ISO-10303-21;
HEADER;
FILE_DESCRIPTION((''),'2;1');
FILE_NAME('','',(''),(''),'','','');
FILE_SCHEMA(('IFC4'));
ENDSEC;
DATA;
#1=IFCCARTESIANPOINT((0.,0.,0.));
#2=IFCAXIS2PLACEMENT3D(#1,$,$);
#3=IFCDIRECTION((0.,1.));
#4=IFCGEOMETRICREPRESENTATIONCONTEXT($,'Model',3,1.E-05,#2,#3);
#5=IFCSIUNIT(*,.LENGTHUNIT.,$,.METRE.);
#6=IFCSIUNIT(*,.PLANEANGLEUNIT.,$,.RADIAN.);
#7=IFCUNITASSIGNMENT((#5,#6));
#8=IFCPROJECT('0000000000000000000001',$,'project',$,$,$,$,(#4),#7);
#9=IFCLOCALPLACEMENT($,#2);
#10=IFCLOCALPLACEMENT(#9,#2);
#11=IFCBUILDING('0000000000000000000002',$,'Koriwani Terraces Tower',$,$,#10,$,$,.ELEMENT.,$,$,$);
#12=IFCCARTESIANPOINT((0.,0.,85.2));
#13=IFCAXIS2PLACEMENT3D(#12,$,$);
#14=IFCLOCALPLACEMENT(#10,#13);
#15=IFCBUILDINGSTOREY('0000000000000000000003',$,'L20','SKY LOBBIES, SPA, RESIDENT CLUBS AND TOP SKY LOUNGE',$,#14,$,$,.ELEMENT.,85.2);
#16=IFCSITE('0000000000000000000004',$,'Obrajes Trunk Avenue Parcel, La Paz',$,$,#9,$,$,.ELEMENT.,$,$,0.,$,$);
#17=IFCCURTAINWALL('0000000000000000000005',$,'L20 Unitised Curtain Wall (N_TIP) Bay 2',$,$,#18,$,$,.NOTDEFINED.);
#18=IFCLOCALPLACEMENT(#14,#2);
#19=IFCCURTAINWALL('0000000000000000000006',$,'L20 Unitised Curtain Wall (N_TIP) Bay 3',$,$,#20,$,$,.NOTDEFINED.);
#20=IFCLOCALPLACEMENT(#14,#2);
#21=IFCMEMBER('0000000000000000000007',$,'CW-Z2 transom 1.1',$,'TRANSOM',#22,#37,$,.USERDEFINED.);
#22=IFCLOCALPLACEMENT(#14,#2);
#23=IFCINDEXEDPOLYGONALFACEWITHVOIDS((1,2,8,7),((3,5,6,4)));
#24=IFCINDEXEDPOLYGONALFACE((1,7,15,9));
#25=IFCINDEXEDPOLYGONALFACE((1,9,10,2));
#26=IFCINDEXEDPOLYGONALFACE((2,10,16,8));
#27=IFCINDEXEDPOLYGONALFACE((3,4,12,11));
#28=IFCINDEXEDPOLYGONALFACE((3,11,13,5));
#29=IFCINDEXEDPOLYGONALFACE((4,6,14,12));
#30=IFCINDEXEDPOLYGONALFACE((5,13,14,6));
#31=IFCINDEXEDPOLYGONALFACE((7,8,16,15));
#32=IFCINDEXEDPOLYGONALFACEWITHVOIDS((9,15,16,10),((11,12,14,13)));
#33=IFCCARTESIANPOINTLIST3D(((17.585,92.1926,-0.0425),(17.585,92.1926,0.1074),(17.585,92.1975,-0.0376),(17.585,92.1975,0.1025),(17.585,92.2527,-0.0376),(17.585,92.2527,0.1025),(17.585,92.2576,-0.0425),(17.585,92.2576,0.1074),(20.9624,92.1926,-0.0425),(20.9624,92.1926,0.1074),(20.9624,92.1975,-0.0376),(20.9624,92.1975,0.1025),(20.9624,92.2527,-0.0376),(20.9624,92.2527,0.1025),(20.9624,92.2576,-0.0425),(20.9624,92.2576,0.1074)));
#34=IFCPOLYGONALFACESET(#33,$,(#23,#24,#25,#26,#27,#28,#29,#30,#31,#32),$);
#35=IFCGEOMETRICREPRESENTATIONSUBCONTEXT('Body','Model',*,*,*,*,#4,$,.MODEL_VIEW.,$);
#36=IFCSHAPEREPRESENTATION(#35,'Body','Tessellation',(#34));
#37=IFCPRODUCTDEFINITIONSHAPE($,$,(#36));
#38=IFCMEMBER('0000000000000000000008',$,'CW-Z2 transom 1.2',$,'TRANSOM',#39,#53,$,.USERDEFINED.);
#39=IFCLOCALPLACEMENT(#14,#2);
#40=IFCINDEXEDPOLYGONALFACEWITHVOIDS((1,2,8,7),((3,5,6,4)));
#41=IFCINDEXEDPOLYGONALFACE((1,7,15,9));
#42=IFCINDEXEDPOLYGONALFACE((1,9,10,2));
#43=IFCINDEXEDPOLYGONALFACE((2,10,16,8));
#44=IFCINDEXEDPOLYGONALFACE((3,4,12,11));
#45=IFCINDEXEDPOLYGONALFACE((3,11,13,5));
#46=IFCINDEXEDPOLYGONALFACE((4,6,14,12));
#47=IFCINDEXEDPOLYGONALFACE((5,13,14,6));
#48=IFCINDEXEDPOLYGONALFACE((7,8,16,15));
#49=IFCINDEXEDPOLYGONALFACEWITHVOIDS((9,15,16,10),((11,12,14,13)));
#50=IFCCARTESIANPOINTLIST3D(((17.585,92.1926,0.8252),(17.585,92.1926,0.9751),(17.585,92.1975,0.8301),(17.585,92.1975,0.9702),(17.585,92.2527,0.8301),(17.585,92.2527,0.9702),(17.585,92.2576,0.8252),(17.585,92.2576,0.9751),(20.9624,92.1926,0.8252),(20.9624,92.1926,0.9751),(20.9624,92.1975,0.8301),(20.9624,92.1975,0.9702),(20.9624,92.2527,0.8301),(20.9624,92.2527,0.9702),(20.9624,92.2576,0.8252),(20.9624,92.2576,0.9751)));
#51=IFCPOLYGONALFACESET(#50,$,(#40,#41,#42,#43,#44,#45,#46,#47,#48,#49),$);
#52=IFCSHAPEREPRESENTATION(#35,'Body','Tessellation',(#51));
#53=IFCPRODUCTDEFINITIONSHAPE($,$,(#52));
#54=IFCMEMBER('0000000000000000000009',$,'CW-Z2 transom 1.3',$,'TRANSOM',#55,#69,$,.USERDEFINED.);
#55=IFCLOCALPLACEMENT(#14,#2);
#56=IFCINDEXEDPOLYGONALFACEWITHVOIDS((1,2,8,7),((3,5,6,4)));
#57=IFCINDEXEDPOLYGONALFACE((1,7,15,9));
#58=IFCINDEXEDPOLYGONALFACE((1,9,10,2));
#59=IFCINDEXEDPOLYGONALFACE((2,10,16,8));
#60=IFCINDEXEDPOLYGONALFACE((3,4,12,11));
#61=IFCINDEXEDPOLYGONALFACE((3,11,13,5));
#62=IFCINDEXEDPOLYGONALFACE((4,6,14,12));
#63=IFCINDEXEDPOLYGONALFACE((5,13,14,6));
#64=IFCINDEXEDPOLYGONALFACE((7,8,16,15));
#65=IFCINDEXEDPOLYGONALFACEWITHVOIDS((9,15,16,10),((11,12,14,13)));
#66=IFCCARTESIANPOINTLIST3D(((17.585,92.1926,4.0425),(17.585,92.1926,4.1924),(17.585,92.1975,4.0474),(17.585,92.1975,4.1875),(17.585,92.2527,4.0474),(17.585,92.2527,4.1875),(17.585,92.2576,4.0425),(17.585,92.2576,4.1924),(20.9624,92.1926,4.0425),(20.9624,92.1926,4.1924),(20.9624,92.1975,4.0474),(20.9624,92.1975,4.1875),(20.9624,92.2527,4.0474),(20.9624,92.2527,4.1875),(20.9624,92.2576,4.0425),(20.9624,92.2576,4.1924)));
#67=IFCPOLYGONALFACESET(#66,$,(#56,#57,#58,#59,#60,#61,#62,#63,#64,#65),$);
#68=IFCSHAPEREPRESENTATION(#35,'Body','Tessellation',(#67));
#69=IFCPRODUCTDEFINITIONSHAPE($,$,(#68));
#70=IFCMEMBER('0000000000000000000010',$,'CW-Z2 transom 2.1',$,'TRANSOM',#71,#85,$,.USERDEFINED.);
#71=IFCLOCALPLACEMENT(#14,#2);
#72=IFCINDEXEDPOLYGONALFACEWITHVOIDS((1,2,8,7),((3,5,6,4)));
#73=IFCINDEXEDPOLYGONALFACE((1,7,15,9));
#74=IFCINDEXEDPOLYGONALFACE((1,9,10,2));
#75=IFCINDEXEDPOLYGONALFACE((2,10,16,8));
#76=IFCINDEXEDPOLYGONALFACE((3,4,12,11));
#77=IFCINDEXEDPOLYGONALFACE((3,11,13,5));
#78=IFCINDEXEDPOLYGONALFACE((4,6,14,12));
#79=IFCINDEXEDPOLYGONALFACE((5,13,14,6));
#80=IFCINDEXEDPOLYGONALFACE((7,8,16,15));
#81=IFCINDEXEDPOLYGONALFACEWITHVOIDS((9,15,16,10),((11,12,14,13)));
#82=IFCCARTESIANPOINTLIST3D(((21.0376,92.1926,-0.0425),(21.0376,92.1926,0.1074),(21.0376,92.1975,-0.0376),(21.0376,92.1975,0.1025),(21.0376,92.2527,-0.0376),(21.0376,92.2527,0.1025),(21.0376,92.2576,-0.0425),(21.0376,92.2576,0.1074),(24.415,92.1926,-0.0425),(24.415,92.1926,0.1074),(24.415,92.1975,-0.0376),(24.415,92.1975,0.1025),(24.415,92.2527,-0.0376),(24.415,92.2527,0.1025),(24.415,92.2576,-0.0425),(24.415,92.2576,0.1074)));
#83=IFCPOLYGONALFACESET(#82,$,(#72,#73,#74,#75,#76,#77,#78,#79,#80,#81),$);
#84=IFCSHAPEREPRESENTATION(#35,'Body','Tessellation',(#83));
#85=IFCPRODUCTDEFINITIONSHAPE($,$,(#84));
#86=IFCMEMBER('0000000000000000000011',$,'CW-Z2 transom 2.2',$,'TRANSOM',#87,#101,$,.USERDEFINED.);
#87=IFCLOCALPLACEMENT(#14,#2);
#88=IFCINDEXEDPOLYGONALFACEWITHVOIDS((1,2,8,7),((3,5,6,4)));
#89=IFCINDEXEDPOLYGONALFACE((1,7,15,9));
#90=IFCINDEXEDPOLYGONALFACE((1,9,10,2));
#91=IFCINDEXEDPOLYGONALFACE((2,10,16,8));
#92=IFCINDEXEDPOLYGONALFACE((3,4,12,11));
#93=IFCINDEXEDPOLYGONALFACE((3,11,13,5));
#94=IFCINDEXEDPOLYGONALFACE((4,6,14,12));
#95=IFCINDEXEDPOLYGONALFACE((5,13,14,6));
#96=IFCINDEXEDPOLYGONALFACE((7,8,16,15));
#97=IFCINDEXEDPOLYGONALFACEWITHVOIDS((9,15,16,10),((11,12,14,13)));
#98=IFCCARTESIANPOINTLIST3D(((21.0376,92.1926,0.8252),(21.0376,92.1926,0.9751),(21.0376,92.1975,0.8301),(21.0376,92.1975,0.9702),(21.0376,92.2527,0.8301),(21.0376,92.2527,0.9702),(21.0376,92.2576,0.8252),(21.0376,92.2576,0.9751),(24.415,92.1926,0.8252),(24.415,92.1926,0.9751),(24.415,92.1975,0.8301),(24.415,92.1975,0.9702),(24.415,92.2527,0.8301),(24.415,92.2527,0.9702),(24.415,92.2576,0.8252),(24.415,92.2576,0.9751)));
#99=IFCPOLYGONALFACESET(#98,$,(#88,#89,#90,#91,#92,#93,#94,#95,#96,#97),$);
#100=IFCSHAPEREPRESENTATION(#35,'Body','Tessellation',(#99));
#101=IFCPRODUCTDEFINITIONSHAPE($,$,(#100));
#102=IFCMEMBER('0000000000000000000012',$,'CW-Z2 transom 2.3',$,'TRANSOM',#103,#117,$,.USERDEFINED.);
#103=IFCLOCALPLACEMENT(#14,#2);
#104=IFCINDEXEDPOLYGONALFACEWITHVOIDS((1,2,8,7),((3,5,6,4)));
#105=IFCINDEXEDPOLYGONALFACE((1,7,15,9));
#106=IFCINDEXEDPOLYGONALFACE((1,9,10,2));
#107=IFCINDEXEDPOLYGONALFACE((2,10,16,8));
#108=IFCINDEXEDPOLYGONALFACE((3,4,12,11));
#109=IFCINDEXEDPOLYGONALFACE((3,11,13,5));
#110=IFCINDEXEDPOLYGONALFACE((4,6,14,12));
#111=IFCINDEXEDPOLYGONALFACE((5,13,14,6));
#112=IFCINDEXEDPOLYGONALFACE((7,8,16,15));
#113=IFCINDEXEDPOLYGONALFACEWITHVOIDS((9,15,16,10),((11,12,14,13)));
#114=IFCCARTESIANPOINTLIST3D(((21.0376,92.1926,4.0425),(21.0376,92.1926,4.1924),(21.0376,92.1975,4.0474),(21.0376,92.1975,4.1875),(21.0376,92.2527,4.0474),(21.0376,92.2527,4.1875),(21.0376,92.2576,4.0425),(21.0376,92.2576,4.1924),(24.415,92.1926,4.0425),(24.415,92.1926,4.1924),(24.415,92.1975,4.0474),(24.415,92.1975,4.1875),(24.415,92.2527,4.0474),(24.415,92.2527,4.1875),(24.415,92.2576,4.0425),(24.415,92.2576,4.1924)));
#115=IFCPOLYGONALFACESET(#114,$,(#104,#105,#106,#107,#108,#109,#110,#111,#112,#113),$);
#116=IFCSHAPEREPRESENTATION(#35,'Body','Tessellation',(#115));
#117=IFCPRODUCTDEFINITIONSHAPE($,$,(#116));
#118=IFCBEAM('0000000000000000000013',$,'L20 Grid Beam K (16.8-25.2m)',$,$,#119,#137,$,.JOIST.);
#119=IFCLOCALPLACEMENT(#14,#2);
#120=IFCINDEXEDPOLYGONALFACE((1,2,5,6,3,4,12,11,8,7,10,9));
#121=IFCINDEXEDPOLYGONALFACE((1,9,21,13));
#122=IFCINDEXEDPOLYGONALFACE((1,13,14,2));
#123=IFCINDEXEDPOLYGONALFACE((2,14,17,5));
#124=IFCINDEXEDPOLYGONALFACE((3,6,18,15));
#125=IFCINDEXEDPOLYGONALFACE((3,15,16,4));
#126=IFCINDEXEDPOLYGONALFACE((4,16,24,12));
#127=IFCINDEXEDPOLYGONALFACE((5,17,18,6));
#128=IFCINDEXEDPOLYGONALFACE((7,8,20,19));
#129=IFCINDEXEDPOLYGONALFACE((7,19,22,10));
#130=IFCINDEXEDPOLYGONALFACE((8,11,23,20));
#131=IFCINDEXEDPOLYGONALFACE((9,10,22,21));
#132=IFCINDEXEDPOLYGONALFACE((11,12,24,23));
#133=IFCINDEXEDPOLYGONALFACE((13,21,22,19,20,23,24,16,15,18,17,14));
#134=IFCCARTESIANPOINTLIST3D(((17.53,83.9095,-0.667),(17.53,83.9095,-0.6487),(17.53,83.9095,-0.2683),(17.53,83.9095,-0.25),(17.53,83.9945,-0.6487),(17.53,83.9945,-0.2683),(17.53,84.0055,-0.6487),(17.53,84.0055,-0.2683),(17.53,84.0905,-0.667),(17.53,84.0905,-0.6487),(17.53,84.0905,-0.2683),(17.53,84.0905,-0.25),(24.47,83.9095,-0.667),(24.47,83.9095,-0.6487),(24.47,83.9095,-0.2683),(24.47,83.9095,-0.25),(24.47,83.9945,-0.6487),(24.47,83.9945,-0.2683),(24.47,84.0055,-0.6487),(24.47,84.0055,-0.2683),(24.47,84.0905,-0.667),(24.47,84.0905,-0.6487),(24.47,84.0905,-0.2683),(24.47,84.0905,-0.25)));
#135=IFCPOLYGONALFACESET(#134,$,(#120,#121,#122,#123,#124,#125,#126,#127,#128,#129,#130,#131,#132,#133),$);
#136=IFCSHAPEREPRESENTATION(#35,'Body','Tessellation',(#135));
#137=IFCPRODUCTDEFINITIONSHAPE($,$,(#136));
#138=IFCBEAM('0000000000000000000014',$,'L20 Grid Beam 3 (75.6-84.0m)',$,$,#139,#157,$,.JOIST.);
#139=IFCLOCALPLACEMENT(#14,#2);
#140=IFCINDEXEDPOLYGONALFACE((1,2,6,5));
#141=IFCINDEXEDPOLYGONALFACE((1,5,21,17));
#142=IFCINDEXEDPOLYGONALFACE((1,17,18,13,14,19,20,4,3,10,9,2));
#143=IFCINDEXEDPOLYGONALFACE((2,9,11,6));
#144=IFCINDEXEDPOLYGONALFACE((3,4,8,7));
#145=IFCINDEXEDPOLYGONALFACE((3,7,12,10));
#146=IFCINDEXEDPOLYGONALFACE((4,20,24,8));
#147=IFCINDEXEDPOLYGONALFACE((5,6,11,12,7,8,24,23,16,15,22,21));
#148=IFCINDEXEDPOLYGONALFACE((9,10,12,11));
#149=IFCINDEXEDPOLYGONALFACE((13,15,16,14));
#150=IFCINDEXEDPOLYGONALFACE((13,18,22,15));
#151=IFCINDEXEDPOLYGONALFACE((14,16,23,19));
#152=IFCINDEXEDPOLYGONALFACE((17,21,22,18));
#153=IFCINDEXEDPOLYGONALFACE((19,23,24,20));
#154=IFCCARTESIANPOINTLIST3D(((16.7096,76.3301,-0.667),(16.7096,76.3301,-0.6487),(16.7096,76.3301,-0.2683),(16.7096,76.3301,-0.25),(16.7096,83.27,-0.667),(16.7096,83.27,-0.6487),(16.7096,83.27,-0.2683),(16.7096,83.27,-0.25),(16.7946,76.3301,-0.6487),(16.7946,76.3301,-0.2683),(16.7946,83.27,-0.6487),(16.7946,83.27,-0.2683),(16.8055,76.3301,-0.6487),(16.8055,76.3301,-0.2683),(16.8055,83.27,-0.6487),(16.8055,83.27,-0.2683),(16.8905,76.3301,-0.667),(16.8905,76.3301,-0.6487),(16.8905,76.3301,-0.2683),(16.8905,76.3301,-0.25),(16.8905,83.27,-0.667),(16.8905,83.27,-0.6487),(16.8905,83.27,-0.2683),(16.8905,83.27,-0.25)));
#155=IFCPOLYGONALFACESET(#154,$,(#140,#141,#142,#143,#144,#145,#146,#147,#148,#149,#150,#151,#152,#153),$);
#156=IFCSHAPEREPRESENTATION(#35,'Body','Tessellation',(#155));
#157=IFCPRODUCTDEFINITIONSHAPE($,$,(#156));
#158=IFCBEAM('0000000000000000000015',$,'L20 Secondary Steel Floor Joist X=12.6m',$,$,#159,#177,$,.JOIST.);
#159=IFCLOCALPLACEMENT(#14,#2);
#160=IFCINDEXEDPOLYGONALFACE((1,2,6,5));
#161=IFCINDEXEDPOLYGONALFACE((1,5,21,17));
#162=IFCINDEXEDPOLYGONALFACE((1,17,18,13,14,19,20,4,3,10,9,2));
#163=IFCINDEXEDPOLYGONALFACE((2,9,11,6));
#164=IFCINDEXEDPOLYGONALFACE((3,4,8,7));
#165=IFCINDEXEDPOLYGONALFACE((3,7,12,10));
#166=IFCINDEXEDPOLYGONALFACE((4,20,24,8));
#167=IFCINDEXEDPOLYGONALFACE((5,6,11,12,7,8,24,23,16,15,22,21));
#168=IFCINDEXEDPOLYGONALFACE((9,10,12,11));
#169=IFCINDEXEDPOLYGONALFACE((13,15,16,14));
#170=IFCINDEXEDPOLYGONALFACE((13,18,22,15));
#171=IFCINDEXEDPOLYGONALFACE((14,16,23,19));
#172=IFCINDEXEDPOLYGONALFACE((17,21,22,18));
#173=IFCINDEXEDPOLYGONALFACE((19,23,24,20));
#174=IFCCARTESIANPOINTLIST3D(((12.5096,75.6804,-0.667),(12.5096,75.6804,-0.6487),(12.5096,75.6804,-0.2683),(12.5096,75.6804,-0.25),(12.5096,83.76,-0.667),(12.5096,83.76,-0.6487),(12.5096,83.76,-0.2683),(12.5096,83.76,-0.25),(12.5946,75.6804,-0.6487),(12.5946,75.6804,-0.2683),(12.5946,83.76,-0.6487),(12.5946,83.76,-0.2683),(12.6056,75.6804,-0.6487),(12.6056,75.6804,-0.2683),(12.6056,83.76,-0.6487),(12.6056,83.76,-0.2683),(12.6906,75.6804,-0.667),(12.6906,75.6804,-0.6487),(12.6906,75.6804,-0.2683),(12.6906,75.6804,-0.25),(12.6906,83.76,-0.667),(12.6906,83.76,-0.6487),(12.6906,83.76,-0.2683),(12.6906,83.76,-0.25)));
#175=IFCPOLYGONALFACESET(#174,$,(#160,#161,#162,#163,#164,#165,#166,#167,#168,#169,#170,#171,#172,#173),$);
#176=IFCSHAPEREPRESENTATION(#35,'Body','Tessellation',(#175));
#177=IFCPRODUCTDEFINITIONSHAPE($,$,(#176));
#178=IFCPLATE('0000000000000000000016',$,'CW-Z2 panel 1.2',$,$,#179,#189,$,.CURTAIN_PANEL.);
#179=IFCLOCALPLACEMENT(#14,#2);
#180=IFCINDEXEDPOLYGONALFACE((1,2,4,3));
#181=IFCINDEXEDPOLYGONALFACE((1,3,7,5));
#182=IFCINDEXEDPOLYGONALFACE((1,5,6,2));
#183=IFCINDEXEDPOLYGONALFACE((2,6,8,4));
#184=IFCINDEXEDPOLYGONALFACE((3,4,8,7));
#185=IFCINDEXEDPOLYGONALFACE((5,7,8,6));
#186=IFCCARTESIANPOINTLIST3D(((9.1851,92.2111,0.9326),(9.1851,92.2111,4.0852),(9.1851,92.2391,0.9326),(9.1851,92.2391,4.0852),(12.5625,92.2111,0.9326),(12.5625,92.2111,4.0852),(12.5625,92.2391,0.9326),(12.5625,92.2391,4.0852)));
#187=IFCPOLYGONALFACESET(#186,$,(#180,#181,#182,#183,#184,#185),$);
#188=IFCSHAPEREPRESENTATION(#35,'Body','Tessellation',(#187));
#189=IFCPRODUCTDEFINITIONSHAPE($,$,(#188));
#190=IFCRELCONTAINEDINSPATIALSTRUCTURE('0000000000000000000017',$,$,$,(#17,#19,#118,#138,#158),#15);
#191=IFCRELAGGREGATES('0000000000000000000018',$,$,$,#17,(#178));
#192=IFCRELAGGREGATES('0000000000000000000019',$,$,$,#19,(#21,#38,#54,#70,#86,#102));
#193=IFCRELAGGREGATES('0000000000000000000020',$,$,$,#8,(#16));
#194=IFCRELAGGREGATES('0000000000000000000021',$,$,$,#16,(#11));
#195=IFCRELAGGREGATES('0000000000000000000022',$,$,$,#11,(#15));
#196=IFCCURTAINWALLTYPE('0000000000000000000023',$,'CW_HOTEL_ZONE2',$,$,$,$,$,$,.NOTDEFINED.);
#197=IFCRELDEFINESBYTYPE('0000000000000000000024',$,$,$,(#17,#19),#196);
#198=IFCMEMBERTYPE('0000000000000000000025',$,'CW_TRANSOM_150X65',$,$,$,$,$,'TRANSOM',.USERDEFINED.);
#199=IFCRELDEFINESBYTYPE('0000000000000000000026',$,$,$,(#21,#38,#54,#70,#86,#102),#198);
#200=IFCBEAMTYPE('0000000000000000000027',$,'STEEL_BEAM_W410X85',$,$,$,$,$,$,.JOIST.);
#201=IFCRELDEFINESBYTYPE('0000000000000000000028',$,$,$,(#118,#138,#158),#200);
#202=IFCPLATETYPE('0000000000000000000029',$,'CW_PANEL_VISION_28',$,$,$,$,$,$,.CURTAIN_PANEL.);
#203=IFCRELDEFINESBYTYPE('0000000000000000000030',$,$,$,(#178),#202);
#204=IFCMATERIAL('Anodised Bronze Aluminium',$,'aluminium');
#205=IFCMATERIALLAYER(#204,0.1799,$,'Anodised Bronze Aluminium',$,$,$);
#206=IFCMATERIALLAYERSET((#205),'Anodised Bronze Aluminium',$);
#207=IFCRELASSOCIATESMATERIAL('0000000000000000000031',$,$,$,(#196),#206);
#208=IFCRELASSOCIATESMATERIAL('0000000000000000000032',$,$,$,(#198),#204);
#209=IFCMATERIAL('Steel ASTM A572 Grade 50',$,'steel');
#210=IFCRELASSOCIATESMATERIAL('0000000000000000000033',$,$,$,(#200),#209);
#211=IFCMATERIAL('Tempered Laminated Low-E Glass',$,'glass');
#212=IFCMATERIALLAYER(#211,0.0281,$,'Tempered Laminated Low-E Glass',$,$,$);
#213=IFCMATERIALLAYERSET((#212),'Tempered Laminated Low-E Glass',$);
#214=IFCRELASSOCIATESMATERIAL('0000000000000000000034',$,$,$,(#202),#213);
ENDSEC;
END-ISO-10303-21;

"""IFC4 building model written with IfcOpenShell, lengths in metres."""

from ifc_helpers import new_model, si_unit, direction, frame, origin, origin_2d, place, context, subcontext, project, spatial, rectangle, hollow_rectangle, i_section, extrude, material, layer, layer_set, material_profile, profile_set, type_object, element, aggregate, save


model = new_model("IFC4")

# Units and contexts
model_context = context("Model", 3, precision=1e-05, world=origin(), true_north=direction((0.0, 1.0)))
body_context = subcontext(model_context, "Body", "Model", "MODEL_VIEW")
ifc_project = project(units=[si_unit("LENGTHUNIT", "METRE"), si_unit("PLANEANGLEUNIT", "RADIAN")], contexts=[model_context])

# Site, building, storey
site_placement = place(None, origin())
site = spatial("IfcSite", under=ifc_project, at=site_placement, Name="Obrajes Trunk Avenue Parcel, La Paz", CompositionType="ELEMENT", RefElevation=0.0)
building_placement = place(site_placement, origin())
building = spatial("IfcBuilding", under=site, at=building_placement, Name="Koriwani Terraces Tower", CompositionType="ELEMENT")
storey_placement = place(building_placement, frame((0.0, 0.0, 85.2)))
storey = spatial("IfcBuildingStorey", under=building, at=storey_placement, Name="L20", Description="SKY LOBBIES, SPA, RESIDENT CLUBS AND TOP SKY LOUNGE", CompositionType="ELEMENT", Elevation=85.2)

# Curtain walls
ifc_material_1 = material(Name="Anodised Bronze Aluminium", Category="aluminium")
ifc_layer_1 = layer(ifc_material_1, 0.1799, Name="Anodised Bronze Aluminium")
ifc_layer_set_1 = layer_set([ifc_layer_1], Name="Anodised Bronze Aluminium")
curtain_wall_type = type_object("IfcCurtainWallType", Name="CW_HOTEL_ZONE2", PredefinedType="NOTDEFINED", material=ifc_layer_set_1)
curtain_wall_1_placement = place(storey_placement, origin())
curtain_wall_1 = element("IfcCurtainWall", 1, at=curtain_wall_1_placement, inside=storey, type_object=curtain_wall_type, Name="L20 Unitised Curtain Wall (N_TIP) Bay 2", PredefinedType="NOTDEFINED")
curtain_wall_2_placement = place(storey_placement, origin())
curtain_wall_2 = element("IfcCurtainWall", 2, at=curtain_wall_2_placement, inside=storey, type_object=curtain_wall_type, Name="L20 Unitised Curtain Wall (N_TIP) Bay 3", PredefinedType="NOTDEFINED")

# Members
ifc_material_profile_1 = material_profile(ifc_material_1, hollow_rectangle(XDim=0.0649, YDim=0.1499, WallThickness=0.0049, at=origin_2d()), Name="Anodised Bronze Aluminium", Category="LoadBearing")
ifc_profile_set_1 = profile_set([ifc_material_profile_1], Name="Anodised Bronze Aluminium")
member_type_1 = type_object("IfcMemberType", Name="CW_TRANSOM_150X65", ElementType="TRANSOM", PredefinedType="USERDEFINED", material=ifc_profile_set_1)
member_1_placement = place(storey_placement, frame((17.585, 92.2251, 0.0325), z_axis=(1.0, 0.0, 0.0), x_axis=(0.0, 1.0, 0.0)))
member_1 = element("IfcMember", 3, at=member_1_placement, type_object=member_type_1, Name="CW-Z2 transom 1.1", ObjectType="TRANSOM", PredefinedType="USERDEFINED", context=body_context, shape_type="SweptSolid", body=[
    extrude(hollow_rectangle(XDim=0.0649, YDim=0.1499, WallThickness=0.0049, at=origin_2d()), origin(), (0.0, 0.0, 1.0), 3.3774),
])
member_2_placement = place(storey_placement, frame((17.585, 92.2251, 0.9001), z_axis=(1.0, 0.0, 0.0), x_axis=(0.0, 1.0, 0.0)))
member_2 = element("IfcMember", 4, at=member_2_placement, type_object=member_type_1, Name="CW-Z2 transom 1.2", ObjectType="TRANSOM", PredefinedType="USERDEFINED", context=body_context, shape_type="SweptSolid", body=[
    extrude(hollow_rectangle(XDim=0.0649, YDim=0.1499, WallThickness=0.0049, at=origin_2d()), origin(), (0.0, 0.0, 1.0), 3.3774),
])
member_3_placement = place(storey_placement, frame((17.585, 92.2251, 4.1174), z_axis=(1.0, 0.0, 0.0), x_axis=(0.0, 1.0, 0.0)))
member_3 = element("IfcMember", 5, at=member_3_placement, type_object=member_type_1, Name="CW-Z2 transom 1.3", ObjectType="TRANSOM", PredefinedType="USERDEFINED", context=body_context, shape_type="SweptSolid", body=[
    extrude(hollow_rectangle(XDim=0.0649, YDim=0.1499, WallThickness=0.0049, at=origin_2d()), origin(), (0.0, 0.0, 1.0), 3.3774),
])
member_4_placement = place(storey_placement, frame((21.0376, 92.2251, 0.0325), z_axis=(1.0, 0.0, 0.0), x_axis=(0.0, 1.0, 0.0)))
member_4 = element("IfcMember", 6, at=member_4_placement, type_object=member_type_1, Name="CW-Z2 transom 2.1", ObjectType="TRANSOM", PredefinedType="USERDEFINED", context=body_context, shape_type="SweptSolid", body=[
    extrude(hollow_rectangle(XDim=0.0649, YDim=0.1499, WallThickness=0.0049, at=origin_2d()), origin(), (0.0, 0.0, 1.0), 3.3774),
])
member_5_placement = place(storey_placement, frame((21.0376, 92.2251, 0.9001), z_axis=(1.0, 0.0, 0.0), x_axis=(0.0, 1.0, 0.0)))
member_5 = element("IfcMember", 7, at=member_5_placement, type_object=member_type_1, Name="CW-Z2 transom 2.2", ObjectType="TRANSOM", PredefinedType="USERDEFINED", context=body_context, shape_type="SweptSolid", body=[
    extrude(hollow_rectangle(XDim=0.0649, YDim=0.1499, WallThickness=0.0049, at=origin_2d()), origin(), (0.0, 0.0, 1.0), 3.3774),
])
member_6_placement = place(storey_placement, frame((21.0376, 92.2251, 4.1174), z_axis=(1.0, 0.0, 0.0), x_axis=(0.0, 1.0, 0.0)))
member_6 = element("IfcMember", 8, at=member_6_placement, type_object=member_type_1, Name="CW-Z2 transom 2.3", ObjectType="TRANSOM", PredefinedType="USERDEFINED", context=body_context, shape_type="SweptSolid", body=[
    extrude(hollow_rectangle(XDim=0.0649, YDim=0.1499, WallThickness=0.0049, at=origin_2d()), origin(), (0.0, 0.0, 1.0), 3.3774),
])

# Beams
ifc_material_2 = material(Name="Steel ASTM A572 Grade 50", Category="steel")
ifc_material_profile_2 = material_profile(ifc_material_2, i_section(OverallWidth=0.1809, OverallDepth=0.417, WebThickness=0.011, FlangeThickness=0.0183, at=origin_2d()), Name="Steel ASTM A572 Grade 50", Category="LoadBearing")
ifc_profile_set_2 = profile_set([ifc_material_profile_2], Name="Steel ASTM A572 Grade 50")
beam_type_1 = type_object("IfcBeamType", Name="STEEL_BEAM_W410X85", PredefinedType="JOIST", material=ifc_profile_set_2)
for number, where, z_axis, x_axis, name in (
    (9, (17.53, 84.0, -0.4585), (1.0, 0.0, 0.0), (0.0, 1.0, 0.0), "L20 Grid Beam K (16.8-25.2m)"),
    (10, (16.8, 76.3301, -0.4585), (0.0, 1.0, 0.0), (-1.0, 0.0, 0.0), "L20 Grid Beam 3 (75.6-84.0m)"),
):
    element("IfcBeam", number, at=place(storey_placement, frame(where, z_axis=z_axis, x_axis=x_axis)), inside=storey, type_object=beam_type_1, Name=name, PredefinedType="JOIST", context=body_context, shape_type="SweptSolid", body=[
        extrude(i_section(OverallWidth=0.1809, OverallDepth=0.417, WebThickness=0.011, FlangeThickness=0.0183, at=origin_2d()), origin(), (0.0, 0.0, 1.0), 6.9399),
    ])
beam_placement = place(storey_placement, frame((12.6001, 75.6804, -0.4585), z_axis=(0.0, 1.0, 0.0), x_axis=(-1.0, 0.0, 0.0)))
element("IfcBeam", 11, at=beam_placement, inside=storey, type_object=beam_type_1, Name="L20 Secondary Steel Floor Joist X=12.6m", PredefinedType="JOIST", context=body_context, shape_type="SweptSolid", body=[
    extrude(i_section(OverallWidth=0.1809, OverallDepth=0.417, WebThickness=0.011, FlangeThickness=0.0183, at=origin_2d()), origin(), (0.0, 0.0, 1.0), 8.0796),
])

# Plate
ifc_material_3 = material(Name="Tempered Laminated Low-E Glass", Category="glass")
ifc_layer_2 = layer(ifc_material_3, 0.0281, Name="Tempered Laminated Low-E Glass")
ifc_layer_set_2 = layer_set([ifc_layer_2], Name="Tempered Laminated Low-E Glass")
plate_type = type_object("IfcPlateType", Name="CW_PANEL_VISION_28", PredefinedType="CURTAIN_PANEL", material=ifc_layer_set_2)
plate_1_placement = place(storey_placement, frame((10.8738, 92.2251, 0.9326), z_axis=(0.0, 0.0, 1.0), x_axis=(1.0, 0.0, 0.0)))
plate_1 = element("IfcPlate", 12, at=plate_1_placement, type_object=plate_type, Name="CW-Z2 panel 1.2", PredefinedType="CURTAIN_PANEL", context=body_context, shape_type="SweptSolid", body=[
    extrude(rectangle(XDim=3.3774, YDim=0.0281, at=origin_2d()), origin(), (0.0, 0.0, 1.0), 3.1526),
])
aggregate(curtain_wall_1, [plate_1])
aggregate(curtain_wall_2, [member_1, member_2, member_3, member_4, member_5, member_6])

save(model, "model.ifc")
